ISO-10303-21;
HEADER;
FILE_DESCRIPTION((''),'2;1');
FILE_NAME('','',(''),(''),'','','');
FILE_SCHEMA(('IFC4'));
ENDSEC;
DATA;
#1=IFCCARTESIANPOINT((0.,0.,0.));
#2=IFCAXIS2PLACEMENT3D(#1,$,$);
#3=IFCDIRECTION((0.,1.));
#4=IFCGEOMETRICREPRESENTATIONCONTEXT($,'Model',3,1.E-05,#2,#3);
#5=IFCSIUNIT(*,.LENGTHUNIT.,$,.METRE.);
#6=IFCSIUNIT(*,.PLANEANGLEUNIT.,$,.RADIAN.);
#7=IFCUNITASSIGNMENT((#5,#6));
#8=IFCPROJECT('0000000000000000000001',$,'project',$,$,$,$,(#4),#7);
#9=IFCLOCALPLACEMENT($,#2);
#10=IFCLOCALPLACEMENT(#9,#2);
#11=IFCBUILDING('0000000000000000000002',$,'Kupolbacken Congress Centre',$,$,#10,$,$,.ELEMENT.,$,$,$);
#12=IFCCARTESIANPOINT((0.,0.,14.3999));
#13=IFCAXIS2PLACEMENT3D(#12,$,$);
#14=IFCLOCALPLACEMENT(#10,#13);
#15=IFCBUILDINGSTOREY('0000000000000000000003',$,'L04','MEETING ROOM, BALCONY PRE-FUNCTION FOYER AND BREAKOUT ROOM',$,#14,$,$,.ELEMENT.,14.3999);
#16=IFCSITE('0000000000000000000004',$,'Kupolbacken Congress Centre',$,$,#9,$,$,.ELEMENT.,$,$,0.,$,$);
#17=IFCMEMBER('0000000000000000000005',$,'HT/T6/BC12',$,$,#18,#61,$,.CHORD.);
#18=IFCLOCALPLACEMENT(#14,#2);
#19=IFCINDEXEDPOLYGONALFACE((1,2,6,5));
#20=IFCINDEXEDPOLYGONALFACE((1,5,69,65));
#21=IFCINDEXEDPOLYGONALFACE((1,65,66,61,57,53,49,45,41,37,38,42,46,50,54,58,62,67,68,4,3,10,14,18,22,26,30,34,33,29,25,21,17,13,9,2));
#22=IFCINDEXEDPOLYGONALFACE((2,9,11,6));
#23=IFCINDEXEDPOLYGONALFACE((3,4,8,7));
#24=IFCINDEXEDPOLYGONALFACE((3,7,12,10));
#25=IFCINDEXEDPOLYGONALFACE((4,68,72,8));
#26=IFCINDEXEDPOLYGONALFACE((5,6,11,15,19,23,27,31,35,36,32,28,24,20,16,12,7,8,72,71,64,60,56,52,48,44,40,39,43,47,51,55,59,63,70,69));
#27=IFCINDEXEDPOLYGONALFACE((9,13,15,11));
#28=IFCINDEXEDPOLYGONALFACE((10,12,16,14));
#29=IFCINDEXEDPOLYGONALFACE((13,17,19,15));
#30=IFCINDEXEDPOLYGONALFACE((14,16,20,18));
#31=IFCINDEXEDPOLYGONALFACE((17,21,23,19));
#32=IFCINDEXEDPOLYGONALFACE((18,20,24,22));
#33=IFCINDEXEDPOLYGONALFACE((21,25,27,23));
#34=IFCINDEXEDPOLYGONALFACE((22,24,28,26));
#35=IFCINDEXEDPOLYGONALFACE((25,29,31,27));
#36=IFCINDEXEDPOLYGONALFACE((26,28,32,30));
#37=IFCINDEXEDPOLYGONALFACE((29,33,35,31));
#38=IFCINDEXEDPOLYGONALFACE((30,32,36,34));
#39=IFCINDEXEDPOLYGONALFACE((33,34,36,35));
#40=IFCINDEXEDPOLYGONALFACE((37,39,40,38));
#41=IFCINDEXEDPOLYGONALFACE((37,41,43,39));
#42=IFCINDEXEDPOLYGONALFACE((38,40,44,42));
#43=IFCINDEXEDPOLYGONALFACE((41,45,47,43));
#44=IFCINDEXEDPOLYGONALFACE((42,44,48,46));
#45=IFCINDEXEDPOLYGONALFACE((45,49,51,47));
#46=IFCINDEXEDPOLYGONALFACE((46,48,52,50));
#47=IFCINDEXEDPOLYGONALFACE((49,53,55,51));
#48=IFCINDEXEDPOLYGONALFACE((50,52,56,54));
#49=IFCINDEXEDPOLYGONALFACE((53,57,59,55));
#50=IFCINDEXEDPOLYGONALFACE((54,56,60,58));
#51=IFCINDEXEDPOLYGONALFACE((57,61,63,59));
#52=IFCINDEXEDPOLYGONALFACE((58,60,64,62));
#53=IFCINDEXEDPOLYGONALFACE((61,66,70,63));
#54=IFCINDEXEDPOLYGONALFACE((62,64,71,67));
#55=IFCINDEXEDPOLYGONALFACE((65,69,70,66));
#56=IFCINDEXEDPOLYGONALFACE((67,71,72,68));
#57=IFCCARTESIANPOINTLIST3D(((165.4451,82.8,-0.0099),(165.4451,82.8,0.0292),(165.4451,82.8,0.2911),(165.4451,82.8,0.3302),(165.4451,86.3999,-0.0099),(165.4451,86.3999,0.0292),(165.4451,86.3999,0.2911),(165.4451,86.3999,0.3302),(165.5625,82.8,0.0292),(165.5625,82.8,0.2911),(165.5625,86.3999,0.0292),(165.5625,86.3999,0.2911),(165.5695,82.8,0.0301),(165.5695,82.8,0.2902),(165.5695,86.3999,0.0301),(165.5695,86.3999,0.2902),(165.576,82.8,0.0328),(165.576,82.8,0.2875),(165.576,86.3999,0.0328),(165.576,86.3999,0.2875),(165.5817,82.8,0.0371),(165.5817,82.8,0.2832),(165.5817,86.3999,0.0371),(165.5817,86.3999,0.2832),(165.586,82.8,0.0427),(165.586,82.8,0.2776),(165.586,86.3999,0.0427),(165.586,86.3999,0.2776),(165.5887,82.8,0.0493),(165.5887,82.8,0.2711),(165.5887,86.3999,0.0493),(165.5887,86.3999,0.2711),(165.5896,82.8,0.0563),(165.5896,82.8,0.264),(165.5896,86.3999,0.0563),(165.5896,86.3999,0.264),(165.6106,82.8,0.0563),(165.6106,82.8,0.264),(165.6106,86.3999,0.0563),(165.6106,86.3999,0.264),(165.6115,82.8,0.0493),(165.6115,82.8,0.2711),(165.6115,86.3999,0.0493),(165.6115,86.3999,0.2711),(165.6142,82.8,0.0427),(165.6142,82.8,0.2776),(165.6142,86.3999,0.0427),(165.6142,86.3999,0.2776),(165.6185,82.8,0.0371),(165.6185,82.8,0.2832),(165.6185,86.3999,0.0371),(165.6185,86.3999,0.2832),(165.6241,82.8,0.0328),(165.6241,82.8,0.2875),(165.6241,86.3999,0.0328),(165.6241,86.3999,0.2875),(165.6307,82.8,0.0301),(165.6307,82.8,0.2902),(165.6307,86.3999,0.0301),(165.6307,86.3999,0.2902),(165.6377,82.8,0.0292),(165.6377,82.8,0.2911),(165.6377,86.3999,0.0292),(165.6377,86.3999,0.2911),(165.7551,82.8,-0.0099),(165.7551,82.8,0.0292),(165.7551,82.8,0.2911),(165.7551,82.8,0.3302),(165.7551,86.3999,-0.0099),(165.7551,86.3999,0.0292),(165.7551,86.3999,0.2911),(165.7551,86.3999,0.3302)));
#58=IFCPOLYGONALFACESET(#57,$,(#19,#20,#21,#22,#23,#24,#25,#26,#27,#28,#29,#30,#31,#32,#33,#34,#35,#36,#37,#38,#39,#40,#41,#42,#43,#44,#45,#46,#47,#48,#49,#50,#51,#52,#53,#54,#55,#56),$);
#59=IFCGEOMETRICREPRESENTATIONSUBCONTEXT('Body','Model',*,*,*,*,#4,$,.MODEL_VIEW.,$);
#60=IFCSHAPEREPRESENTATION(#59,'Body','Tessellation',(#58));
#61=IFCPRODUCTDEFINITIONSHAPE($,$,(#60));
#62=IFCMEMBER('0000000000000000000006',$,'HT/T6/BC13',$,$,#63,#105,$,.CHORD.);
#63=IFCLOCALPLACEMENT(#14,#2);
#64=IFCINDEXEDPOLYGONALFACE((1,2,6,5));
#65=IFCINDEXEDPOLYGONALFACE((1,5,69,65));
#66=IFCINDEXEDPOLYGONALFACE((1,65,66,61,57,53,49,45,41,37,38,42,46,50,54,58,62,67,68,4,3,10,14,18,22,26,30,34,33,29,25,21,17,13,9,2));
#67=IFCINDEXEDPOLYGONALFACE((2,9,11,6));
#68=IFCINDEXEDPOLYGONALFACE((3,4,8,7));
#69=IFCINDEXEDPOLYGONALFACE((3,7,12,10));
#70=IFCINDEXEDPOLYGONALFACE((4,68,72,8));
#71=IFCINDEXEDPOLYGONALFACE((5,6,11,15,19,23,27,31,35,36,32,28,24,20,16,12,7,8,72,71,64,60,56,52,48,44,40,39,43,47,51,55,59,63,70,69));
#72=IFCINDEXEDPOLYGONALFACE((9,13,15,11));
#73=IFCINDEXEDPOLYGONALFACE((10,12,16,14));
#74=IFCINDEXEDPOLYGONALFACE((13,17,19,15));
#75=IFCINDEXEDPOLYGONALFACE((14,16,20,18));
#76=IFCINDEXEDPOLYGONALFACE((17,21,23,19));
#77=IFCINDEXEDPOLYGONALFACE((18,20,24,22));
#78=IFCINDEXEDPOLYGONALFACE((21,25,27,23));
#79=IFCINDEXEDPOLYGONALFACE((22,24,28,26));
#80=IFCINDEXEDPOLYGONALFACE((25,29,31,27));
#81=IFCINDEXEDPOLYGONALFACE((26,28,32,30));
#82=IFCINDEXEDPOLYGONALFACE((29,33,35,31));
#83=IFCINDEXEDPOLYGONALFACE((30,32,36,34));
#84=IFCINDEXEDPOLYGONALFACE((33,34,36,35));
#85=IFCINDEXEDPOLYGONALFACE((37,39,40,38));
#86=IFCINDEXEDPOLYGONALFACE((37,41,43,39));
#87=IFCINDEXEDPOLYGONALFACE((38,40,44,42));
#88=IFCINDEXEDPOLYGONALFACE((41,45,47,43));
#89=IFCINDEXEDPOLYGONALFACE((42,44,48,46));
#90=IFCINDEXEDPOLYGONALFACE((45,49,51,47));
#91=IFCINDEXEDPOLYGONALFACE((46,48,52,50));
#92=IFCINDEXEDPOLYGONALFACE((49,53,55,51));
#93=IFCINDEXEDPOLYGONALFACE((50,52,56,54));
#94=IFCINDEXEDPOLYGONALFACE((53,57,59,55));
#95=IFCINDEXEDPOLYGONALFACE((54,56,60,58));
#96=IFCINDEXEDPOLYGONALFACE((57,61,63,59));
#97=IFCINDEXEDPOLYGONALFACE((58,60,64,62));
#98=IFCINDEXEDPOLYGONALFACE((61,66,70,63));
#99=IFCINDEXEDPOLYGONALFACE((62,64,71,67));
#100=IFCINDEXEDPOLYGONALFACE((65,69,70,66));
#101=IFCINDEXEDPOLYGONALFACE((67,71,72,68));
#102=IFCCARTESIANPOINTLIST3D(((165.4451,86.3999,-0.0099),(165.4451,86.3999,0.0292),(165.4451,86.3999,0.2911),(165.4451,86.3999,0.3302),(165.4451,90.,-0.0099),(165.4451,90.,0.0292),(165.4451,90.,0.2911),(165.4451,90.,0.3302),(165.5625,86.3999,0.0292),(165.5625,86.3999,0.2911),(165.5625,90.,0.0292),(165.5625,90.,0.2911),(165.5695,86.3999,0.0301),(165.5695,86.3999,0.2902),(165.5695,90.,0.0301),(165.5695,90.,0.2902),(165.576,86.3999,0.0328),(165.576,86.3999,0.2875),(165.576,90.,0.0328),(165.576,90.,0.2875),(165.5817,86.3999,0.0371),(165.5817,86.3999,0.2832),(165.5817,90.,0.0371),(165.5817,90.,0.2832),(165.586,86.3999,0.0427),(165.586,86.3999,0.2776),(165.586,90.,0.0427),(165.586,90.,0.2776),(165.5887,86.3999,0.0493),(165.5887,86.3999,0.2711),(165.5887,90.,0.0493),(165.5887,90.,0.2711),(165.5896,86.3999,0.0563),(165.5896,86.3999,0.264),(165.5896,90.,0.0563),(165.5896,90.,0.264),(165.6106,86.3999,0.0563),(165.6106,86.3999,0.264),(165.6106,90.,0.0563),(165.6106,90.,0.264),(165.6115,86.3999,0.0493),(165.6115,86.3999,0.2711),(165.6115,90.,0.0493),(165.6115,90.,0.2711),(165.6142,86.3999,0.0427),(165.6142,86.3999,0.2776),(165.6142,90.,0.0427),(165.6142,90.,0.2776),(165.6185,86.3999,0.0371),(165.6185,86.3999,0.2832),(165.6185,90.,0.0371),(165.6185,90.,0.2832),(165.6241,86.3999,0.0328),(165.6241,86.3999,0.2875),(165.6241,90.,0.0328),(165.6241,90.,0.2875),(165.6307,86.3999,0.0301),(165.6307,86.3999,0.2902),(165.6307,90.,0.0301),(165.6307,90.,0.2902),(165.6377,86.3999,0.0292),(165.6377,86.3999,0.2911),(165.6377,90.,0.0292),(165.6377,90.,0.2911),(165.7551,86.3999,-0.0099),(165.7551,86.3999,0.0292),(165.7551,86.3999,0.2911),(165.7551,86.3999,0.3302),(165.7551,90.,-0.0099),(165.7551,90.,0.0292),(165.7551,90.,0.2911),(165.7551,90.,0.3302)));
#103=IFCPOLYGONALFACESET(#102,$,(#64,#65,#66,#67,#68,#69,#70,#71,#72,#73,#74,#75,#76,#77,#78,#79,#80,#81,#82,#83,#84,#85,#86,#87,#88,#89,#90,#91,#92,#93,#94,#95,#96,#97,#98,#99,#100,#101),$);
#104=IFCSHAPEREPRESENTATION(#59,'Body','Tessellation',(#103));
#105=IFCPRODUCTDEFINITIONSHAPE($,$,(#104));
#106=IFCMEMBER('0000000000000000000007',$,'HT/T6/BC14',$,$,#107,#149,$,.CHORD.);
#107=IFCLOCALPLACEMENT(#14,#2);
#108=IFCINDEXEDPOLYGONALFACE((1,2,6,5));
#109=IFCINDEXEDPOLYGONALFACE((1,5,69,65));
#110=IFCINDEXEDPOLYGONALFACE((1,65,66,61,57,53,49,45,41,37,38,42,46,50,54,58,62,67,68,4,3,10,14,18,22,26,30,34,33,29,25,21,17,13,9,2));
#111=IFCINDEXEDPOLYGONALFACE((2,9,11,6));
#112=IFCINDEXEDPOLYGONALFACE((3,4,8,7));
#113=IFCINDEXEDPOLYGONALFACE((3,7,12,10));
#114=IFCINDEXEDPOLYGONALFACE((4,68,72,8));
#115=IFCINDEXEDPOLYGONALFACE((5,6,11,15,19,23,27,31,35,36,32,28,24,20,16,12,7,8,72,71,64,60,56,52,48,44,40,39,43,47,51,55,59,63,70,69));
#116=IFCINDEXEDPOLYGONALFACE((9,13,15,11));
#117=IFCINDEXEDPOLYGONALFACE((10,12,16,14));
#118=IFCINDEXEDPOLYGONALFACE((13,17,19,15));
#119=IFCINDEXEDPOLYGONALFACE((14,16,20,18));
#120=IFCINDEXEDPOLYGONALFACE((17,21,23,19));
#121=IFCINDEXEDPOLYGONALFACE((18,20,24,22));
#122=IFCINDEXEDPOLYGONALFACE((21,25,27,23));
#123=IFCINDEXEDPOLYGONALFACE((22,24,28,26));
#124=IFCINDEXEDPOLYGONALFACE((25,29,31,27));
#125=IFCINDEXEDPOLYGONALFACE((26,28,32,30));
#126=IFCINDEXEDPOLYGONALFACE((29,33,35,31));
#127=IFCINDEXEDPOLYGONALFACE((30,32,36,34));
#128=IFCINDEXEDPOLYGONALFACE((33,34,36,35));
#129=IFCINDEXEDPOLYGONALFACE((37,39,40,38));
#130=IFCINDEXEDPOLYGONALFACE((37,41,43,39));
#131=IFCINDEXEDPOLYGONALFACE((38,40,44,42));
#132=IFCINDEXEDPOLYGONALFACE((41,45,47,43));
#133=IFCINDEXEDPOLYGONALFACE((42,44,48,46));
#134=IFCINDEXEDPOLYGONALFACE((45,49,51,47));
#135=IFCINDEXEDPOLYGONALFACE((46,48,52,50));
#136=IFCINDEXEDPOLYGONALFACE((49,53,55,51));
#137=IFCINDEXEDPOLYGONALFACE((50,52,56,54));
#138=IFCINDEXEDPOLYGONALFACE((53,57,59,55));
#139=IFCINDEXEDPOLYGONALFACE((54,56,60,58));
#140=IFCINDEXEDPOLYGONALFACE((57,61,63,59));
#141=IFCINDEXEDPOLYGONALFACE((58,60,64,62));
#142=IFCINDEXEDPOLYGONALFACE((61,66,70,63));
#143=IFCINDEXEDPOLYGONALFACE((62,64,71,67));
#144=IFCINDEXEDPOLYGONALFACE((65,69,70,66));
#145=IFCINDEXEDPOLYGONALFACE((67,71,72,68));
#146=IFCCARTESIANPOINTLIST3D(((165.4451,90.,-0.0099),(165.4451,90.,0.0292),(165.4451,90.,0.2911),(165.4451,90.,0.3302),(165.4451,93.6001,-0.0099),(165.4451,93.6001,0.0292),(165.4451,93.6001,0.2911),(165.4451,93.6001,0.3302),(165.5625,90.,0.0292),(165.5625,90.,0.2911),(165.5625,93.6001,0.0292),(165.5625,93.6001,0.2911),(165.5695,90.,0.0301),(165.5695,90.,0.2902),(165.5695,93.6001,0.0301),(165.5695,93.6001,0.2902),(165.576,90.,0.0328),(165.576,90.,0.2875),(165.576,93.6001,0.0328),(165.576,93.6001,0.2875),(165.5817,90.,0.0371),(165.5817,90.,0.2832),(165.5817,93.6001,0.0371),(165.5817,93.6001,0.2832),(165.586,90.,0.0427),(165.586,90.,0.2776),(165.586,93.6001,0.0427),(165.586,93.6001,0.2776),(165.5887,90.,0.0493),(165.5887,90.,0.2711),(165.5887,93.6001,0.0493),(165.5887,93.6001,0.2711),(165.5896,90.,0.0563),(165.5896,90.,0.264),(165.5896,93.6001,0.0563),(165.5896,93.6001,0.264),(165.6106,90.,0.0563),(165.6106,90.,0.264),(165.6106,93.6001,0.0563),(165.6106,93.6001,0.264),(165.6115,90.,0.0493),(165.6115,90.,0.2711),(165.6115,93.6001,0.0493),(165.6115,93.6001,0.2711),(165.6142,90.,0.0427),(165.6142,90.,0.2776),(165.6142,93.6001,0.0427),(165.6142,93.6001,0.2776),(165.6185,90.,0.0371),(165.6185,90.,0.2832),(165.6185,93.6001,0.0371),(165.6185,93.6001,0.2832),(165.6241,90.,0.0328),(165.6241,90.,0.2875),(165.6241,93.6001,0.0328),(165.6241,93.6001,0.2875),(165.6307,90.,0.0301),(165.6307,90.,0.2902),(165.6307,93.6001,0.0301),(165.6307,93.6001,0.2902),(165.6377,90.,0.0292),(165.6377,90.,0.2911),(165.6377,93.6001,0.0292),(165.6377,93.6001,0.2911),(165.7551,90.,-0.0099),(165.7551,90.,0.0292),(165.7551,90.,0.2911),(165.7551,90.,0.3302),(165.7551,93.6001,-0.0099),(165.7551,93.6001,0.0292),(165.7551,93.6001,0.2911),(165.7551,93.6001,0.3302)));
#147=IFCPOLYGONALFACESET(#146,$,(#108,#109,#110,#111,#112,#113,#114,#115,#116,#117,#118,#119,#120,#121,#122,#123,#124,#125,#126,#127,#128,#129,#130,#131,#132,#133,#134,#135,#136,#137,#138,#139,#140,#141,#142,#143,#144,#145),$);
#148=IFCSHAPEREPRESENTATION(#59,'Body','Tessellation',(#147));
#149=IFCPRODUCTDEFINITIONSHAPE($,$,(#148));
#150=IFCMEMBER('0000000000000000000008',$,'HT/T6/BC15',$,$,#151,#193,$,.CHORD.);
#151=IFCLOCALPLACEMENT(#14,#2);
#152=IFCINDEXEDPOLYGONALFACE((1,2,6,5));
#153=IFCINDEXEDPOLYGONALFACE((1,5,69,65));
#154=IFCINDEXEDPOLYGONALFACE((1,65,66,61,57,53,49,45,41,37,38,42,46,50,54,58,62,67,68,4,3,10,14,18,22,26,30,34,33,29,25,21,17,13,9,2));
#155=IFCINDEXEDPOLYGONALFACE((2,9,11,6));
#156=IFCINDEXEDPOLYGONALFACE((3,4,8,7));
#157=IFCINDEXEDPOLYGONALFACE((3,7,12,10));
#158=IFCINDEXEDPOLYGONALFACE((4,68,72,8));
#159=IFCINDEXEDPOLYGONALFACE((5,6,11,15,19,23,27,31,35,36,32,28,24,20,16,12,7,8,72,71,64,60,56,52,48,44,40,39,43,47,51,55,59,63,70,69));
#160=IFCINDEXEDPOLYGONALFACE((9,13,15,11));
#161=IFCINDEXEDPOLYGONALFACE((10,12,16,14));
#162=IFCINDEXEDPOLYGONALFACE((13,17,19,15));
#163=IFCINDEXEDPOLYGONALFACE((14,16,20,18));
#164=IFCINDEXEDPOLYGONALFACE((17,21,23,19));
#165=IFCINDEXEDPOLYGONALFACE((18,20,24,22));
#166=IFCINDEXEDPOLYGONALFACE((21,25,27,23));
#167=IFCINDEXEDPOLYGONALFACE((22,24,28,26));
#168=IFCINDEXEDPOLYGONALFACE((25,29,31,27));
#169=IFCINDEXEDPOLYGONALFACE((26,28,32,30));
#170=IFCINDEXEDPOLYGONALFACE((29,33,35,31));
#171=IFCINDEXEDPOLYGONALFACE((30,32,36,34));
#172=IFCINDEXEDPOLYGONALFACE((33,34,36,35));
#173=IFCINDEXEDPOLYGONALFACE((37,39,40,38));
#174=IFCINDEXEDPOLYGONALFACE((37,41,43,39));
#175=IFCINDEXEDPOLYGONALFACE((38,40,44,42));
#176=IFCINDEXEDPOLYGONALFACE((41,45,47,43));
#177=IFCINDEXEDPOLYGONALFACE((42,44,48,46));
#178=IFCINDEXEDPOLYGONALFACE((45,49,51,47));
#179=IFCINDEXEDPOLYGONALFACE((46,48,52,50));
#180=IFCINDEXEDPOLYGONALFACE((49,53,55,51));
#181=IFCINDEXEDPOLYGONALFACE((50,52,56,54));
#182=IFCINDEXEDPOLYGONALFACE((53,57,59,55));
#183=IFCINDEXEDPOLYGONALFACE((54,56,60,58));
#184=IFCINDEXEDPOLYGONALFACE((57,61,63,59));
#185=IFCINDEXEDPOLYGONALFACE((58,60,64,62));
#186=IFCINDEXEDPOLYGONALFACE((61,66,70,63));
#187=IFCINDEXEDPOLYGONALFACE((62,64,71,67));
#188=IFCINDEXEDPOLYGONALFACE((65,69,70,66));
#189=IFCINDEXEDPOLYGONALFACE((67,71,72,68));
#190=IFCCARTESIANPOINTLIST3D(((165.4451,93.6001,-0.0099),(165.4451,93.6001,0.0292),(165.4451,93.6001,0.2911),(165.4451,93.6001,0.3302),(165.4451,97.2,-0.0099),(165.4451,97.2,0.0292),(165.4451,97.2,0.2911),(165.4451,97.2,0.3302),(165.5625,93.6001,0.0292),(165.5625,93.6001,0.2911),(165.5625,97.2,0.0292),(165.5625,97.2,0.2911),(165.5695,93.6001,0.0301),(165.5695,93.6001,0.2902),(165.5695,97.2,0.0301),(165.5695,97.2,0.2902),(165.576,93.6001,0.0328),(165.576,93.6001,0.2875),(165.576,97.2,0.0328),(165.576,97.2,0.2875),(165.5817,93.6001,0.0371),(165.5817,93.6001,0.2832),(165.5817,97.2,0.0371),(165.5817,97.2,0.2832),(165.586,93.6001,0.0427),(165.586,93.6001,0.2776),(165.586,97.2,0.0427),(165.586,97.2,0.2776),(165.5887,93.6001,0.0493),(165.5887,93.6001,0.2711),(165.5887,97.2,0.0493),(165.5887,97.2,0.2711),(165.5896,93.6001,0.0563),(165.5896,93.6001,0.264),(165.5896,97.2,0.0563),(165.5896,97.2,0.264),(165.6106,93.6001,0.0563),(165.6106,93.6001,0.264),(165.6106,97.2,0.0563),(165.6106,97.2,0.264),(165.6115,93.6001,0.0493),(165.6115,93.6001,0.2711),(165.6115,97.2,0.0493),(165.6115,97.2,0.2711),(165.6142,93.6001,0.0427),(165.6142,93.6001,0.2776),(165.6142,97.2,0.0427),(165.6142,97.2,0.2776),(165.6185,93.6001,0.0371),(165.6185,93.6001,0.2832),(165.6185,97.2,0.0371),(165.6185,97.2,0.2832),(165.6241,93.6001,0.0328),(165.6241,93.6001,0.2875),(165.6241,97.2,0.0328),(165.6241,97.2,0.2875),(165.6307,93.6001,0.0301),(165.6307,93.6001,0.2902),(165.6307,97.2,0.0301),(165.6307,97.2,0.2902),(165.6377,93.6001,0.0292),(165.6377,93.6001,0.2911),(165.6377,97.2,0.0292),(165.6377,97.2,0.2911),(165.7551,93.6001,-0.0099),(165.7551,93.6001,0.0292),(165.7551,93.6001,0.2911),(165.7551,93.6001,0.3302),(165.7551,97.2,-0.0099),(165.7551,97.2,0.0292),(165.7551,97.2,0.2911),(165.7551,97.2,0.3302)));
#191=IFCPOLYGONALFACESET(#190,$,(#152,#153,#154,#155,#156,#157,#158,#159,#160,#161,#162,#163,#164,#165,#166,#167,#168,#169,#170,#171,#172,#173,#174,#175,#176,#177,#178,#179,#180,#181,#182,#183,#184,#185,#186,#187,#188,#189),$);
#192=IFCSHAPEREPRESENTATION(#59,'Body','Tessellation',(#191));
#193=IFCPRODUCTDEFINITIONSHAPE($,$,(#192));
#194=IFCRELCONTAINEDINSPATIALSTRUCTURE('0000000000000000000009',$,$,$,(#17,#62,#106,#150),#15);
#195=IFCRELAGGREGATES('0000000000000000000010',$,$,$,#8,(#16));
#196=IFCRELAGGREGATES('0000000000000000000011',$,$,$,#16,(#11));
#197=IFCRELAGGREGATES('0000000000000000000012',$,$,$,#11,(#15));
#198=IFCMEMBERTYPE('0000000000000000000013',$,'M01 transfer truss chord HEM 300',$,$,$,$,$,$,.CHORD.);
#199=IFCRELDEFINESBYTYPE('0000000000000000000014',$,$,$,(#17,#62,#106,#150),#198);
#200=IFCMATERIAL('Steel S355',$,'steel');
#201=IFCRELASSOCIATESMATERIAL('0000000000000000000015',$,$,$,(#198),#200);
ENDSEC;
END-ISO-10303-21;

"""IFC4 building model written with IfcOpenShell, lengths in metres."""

from ifc_helpers import new_model, si_unit, direction, frame, origin, origin_2d, place, context, subcontext, project, spatial, i_section, extrude, material, material_profile, profile_set, type_object, element, save


model = new_model("IFC4")

# Units and contexts
model_context = context("Model", 3, precision=1e-05, world=origin(), true_north=direction((0.0, 1.0)))
body_context = subcontext(model_context, "Body", "Model", "MODEL_VIEW")
ifc_project = project(units=[si_unit("LENGTHUNIT", "METRE"), si_unit("PLANEANGLEUNIT", "RADIAN")], contexts=[model_context])

# Site, building, storey
site_placement = place(None, origin())
site = spatial("IfcSite", under=ifc_project, at=site_placement, Name="Kupolbacken Congress Centre", CompositionType="ELEMENT", RefElevation=0.0)
building_placement = place(site_placement, origin())
building = spatial("IfcBuilding", under=site, at=building_placement, Name="Kupolbacken Congress Centre", CompositionType="ELEMENT")
storey_placement = place(building_placement, frame((0.0, 0.0, 14.3999)))
storey = spatial("IfcBuildingStorey", under=building, at=storey_placement, Name="L04", Description="MEETING ROOM, BALCONY PRE-FUNCTION FOYER AND BREAKOUT ROOM", CompositionType="ELEMENT", Elevation=14.3999)

# Members
ifc_material_1 = material(Name="Steel S355", Category="steel")
ifc_material_profile_1 = material_profile(ifc_material_1, i_section(OverallWidth=0.3101, OverallDepth=0.3401, WebThickness=0.021, FlangeThickness=0.0391, FilletRadius=0.0271, at=origin_2d()), Name="HEM 300")
ifc_profile_set_1 = profile_set([ifc_material_profile_1], Name="Steel S355")
member_type_1 = type_object("IfcMemberType", Name="M01 transfer truss chord HEM 300", PredefinedType="CHORD", material=ifc_profile_set_1)
member_1_placement = place(storey_placement, frame((165.6001, 82.8, 0.1602), z_axis=(0.0, 1.0, 0.0), x_axis=(-1.0, 0.0, 0.0)))
element("IfcMember", 1, at=member_1_placement, inside=storey, type_object=member_type_1, Name="HT/T6/BC12", PredefinedType="CHORD", context=body_context, shape_type="SweptSolid", body=[
    extrude(i_section(OverallWidth=0.3101, OverallDepth=0.3401, WebThickness=0.021, FlangeThickness=0.0391, FilletRadius=0.0271, at=origin_2d()), origin(), (0.0, 0.0, 1.0), 3.5999),
])
for number, where, z_axis, x_axis, name in (
    (2, (165.6001, 86.3999, 0.1602), (0.0, 1.0, 0.0), (-1.0, 0.0, 0.0), "HT/T6/BC13"),
    (3, (165.6001, 90.0, 0.1602), (0.0, 1.0, 0.0), (-1.0, 0.0, 0.0), "HT/T6/BC14"),
):
    element("IfcMember", number, at=place(storey_placement, frame(where, z_axis=z_axis, x_axis=x_axis)), inside=storey, type_object=member_type_1, Name=name, PredefinedType="CHORD", context=body_context, shape_type="SweptSolid", body=[
        extrude(i_section(OverallWidth=0.3101, OverallDepth=0.3401, WebThickness=0.021, FlangeThickness=0.0391, FilletRadius=0.0271, at=origin_2d()), origin(), (0.0, 0.0, 1.0), 3.6001),
    ])
member_2_placement = place(storey_placement, frame((165.6001, 93.6001, 0.1602), z_axis=(0.0, 1.0, 0.0), x_axis=(-1.0, 0.0, 0.0)))
element("IfcMember", 4, at=member_2_placement, inside=storey, type_object=member_type_1, Name="HT/T6/BC15", PredefinedType="CHORD", context=body_context, shape_type="SweptSolid", body=[
    extrude(i_section(OverallWidth=0.3101, OverallDepth=0.3401, WebThickness=0.021, FlangeThickness=0.0391, FilletRadius=0.0271, at=origin_2d()), origin(), (0.0, 0.0, 1.0), 3.5999),
])

save(model, "model.ifc")
